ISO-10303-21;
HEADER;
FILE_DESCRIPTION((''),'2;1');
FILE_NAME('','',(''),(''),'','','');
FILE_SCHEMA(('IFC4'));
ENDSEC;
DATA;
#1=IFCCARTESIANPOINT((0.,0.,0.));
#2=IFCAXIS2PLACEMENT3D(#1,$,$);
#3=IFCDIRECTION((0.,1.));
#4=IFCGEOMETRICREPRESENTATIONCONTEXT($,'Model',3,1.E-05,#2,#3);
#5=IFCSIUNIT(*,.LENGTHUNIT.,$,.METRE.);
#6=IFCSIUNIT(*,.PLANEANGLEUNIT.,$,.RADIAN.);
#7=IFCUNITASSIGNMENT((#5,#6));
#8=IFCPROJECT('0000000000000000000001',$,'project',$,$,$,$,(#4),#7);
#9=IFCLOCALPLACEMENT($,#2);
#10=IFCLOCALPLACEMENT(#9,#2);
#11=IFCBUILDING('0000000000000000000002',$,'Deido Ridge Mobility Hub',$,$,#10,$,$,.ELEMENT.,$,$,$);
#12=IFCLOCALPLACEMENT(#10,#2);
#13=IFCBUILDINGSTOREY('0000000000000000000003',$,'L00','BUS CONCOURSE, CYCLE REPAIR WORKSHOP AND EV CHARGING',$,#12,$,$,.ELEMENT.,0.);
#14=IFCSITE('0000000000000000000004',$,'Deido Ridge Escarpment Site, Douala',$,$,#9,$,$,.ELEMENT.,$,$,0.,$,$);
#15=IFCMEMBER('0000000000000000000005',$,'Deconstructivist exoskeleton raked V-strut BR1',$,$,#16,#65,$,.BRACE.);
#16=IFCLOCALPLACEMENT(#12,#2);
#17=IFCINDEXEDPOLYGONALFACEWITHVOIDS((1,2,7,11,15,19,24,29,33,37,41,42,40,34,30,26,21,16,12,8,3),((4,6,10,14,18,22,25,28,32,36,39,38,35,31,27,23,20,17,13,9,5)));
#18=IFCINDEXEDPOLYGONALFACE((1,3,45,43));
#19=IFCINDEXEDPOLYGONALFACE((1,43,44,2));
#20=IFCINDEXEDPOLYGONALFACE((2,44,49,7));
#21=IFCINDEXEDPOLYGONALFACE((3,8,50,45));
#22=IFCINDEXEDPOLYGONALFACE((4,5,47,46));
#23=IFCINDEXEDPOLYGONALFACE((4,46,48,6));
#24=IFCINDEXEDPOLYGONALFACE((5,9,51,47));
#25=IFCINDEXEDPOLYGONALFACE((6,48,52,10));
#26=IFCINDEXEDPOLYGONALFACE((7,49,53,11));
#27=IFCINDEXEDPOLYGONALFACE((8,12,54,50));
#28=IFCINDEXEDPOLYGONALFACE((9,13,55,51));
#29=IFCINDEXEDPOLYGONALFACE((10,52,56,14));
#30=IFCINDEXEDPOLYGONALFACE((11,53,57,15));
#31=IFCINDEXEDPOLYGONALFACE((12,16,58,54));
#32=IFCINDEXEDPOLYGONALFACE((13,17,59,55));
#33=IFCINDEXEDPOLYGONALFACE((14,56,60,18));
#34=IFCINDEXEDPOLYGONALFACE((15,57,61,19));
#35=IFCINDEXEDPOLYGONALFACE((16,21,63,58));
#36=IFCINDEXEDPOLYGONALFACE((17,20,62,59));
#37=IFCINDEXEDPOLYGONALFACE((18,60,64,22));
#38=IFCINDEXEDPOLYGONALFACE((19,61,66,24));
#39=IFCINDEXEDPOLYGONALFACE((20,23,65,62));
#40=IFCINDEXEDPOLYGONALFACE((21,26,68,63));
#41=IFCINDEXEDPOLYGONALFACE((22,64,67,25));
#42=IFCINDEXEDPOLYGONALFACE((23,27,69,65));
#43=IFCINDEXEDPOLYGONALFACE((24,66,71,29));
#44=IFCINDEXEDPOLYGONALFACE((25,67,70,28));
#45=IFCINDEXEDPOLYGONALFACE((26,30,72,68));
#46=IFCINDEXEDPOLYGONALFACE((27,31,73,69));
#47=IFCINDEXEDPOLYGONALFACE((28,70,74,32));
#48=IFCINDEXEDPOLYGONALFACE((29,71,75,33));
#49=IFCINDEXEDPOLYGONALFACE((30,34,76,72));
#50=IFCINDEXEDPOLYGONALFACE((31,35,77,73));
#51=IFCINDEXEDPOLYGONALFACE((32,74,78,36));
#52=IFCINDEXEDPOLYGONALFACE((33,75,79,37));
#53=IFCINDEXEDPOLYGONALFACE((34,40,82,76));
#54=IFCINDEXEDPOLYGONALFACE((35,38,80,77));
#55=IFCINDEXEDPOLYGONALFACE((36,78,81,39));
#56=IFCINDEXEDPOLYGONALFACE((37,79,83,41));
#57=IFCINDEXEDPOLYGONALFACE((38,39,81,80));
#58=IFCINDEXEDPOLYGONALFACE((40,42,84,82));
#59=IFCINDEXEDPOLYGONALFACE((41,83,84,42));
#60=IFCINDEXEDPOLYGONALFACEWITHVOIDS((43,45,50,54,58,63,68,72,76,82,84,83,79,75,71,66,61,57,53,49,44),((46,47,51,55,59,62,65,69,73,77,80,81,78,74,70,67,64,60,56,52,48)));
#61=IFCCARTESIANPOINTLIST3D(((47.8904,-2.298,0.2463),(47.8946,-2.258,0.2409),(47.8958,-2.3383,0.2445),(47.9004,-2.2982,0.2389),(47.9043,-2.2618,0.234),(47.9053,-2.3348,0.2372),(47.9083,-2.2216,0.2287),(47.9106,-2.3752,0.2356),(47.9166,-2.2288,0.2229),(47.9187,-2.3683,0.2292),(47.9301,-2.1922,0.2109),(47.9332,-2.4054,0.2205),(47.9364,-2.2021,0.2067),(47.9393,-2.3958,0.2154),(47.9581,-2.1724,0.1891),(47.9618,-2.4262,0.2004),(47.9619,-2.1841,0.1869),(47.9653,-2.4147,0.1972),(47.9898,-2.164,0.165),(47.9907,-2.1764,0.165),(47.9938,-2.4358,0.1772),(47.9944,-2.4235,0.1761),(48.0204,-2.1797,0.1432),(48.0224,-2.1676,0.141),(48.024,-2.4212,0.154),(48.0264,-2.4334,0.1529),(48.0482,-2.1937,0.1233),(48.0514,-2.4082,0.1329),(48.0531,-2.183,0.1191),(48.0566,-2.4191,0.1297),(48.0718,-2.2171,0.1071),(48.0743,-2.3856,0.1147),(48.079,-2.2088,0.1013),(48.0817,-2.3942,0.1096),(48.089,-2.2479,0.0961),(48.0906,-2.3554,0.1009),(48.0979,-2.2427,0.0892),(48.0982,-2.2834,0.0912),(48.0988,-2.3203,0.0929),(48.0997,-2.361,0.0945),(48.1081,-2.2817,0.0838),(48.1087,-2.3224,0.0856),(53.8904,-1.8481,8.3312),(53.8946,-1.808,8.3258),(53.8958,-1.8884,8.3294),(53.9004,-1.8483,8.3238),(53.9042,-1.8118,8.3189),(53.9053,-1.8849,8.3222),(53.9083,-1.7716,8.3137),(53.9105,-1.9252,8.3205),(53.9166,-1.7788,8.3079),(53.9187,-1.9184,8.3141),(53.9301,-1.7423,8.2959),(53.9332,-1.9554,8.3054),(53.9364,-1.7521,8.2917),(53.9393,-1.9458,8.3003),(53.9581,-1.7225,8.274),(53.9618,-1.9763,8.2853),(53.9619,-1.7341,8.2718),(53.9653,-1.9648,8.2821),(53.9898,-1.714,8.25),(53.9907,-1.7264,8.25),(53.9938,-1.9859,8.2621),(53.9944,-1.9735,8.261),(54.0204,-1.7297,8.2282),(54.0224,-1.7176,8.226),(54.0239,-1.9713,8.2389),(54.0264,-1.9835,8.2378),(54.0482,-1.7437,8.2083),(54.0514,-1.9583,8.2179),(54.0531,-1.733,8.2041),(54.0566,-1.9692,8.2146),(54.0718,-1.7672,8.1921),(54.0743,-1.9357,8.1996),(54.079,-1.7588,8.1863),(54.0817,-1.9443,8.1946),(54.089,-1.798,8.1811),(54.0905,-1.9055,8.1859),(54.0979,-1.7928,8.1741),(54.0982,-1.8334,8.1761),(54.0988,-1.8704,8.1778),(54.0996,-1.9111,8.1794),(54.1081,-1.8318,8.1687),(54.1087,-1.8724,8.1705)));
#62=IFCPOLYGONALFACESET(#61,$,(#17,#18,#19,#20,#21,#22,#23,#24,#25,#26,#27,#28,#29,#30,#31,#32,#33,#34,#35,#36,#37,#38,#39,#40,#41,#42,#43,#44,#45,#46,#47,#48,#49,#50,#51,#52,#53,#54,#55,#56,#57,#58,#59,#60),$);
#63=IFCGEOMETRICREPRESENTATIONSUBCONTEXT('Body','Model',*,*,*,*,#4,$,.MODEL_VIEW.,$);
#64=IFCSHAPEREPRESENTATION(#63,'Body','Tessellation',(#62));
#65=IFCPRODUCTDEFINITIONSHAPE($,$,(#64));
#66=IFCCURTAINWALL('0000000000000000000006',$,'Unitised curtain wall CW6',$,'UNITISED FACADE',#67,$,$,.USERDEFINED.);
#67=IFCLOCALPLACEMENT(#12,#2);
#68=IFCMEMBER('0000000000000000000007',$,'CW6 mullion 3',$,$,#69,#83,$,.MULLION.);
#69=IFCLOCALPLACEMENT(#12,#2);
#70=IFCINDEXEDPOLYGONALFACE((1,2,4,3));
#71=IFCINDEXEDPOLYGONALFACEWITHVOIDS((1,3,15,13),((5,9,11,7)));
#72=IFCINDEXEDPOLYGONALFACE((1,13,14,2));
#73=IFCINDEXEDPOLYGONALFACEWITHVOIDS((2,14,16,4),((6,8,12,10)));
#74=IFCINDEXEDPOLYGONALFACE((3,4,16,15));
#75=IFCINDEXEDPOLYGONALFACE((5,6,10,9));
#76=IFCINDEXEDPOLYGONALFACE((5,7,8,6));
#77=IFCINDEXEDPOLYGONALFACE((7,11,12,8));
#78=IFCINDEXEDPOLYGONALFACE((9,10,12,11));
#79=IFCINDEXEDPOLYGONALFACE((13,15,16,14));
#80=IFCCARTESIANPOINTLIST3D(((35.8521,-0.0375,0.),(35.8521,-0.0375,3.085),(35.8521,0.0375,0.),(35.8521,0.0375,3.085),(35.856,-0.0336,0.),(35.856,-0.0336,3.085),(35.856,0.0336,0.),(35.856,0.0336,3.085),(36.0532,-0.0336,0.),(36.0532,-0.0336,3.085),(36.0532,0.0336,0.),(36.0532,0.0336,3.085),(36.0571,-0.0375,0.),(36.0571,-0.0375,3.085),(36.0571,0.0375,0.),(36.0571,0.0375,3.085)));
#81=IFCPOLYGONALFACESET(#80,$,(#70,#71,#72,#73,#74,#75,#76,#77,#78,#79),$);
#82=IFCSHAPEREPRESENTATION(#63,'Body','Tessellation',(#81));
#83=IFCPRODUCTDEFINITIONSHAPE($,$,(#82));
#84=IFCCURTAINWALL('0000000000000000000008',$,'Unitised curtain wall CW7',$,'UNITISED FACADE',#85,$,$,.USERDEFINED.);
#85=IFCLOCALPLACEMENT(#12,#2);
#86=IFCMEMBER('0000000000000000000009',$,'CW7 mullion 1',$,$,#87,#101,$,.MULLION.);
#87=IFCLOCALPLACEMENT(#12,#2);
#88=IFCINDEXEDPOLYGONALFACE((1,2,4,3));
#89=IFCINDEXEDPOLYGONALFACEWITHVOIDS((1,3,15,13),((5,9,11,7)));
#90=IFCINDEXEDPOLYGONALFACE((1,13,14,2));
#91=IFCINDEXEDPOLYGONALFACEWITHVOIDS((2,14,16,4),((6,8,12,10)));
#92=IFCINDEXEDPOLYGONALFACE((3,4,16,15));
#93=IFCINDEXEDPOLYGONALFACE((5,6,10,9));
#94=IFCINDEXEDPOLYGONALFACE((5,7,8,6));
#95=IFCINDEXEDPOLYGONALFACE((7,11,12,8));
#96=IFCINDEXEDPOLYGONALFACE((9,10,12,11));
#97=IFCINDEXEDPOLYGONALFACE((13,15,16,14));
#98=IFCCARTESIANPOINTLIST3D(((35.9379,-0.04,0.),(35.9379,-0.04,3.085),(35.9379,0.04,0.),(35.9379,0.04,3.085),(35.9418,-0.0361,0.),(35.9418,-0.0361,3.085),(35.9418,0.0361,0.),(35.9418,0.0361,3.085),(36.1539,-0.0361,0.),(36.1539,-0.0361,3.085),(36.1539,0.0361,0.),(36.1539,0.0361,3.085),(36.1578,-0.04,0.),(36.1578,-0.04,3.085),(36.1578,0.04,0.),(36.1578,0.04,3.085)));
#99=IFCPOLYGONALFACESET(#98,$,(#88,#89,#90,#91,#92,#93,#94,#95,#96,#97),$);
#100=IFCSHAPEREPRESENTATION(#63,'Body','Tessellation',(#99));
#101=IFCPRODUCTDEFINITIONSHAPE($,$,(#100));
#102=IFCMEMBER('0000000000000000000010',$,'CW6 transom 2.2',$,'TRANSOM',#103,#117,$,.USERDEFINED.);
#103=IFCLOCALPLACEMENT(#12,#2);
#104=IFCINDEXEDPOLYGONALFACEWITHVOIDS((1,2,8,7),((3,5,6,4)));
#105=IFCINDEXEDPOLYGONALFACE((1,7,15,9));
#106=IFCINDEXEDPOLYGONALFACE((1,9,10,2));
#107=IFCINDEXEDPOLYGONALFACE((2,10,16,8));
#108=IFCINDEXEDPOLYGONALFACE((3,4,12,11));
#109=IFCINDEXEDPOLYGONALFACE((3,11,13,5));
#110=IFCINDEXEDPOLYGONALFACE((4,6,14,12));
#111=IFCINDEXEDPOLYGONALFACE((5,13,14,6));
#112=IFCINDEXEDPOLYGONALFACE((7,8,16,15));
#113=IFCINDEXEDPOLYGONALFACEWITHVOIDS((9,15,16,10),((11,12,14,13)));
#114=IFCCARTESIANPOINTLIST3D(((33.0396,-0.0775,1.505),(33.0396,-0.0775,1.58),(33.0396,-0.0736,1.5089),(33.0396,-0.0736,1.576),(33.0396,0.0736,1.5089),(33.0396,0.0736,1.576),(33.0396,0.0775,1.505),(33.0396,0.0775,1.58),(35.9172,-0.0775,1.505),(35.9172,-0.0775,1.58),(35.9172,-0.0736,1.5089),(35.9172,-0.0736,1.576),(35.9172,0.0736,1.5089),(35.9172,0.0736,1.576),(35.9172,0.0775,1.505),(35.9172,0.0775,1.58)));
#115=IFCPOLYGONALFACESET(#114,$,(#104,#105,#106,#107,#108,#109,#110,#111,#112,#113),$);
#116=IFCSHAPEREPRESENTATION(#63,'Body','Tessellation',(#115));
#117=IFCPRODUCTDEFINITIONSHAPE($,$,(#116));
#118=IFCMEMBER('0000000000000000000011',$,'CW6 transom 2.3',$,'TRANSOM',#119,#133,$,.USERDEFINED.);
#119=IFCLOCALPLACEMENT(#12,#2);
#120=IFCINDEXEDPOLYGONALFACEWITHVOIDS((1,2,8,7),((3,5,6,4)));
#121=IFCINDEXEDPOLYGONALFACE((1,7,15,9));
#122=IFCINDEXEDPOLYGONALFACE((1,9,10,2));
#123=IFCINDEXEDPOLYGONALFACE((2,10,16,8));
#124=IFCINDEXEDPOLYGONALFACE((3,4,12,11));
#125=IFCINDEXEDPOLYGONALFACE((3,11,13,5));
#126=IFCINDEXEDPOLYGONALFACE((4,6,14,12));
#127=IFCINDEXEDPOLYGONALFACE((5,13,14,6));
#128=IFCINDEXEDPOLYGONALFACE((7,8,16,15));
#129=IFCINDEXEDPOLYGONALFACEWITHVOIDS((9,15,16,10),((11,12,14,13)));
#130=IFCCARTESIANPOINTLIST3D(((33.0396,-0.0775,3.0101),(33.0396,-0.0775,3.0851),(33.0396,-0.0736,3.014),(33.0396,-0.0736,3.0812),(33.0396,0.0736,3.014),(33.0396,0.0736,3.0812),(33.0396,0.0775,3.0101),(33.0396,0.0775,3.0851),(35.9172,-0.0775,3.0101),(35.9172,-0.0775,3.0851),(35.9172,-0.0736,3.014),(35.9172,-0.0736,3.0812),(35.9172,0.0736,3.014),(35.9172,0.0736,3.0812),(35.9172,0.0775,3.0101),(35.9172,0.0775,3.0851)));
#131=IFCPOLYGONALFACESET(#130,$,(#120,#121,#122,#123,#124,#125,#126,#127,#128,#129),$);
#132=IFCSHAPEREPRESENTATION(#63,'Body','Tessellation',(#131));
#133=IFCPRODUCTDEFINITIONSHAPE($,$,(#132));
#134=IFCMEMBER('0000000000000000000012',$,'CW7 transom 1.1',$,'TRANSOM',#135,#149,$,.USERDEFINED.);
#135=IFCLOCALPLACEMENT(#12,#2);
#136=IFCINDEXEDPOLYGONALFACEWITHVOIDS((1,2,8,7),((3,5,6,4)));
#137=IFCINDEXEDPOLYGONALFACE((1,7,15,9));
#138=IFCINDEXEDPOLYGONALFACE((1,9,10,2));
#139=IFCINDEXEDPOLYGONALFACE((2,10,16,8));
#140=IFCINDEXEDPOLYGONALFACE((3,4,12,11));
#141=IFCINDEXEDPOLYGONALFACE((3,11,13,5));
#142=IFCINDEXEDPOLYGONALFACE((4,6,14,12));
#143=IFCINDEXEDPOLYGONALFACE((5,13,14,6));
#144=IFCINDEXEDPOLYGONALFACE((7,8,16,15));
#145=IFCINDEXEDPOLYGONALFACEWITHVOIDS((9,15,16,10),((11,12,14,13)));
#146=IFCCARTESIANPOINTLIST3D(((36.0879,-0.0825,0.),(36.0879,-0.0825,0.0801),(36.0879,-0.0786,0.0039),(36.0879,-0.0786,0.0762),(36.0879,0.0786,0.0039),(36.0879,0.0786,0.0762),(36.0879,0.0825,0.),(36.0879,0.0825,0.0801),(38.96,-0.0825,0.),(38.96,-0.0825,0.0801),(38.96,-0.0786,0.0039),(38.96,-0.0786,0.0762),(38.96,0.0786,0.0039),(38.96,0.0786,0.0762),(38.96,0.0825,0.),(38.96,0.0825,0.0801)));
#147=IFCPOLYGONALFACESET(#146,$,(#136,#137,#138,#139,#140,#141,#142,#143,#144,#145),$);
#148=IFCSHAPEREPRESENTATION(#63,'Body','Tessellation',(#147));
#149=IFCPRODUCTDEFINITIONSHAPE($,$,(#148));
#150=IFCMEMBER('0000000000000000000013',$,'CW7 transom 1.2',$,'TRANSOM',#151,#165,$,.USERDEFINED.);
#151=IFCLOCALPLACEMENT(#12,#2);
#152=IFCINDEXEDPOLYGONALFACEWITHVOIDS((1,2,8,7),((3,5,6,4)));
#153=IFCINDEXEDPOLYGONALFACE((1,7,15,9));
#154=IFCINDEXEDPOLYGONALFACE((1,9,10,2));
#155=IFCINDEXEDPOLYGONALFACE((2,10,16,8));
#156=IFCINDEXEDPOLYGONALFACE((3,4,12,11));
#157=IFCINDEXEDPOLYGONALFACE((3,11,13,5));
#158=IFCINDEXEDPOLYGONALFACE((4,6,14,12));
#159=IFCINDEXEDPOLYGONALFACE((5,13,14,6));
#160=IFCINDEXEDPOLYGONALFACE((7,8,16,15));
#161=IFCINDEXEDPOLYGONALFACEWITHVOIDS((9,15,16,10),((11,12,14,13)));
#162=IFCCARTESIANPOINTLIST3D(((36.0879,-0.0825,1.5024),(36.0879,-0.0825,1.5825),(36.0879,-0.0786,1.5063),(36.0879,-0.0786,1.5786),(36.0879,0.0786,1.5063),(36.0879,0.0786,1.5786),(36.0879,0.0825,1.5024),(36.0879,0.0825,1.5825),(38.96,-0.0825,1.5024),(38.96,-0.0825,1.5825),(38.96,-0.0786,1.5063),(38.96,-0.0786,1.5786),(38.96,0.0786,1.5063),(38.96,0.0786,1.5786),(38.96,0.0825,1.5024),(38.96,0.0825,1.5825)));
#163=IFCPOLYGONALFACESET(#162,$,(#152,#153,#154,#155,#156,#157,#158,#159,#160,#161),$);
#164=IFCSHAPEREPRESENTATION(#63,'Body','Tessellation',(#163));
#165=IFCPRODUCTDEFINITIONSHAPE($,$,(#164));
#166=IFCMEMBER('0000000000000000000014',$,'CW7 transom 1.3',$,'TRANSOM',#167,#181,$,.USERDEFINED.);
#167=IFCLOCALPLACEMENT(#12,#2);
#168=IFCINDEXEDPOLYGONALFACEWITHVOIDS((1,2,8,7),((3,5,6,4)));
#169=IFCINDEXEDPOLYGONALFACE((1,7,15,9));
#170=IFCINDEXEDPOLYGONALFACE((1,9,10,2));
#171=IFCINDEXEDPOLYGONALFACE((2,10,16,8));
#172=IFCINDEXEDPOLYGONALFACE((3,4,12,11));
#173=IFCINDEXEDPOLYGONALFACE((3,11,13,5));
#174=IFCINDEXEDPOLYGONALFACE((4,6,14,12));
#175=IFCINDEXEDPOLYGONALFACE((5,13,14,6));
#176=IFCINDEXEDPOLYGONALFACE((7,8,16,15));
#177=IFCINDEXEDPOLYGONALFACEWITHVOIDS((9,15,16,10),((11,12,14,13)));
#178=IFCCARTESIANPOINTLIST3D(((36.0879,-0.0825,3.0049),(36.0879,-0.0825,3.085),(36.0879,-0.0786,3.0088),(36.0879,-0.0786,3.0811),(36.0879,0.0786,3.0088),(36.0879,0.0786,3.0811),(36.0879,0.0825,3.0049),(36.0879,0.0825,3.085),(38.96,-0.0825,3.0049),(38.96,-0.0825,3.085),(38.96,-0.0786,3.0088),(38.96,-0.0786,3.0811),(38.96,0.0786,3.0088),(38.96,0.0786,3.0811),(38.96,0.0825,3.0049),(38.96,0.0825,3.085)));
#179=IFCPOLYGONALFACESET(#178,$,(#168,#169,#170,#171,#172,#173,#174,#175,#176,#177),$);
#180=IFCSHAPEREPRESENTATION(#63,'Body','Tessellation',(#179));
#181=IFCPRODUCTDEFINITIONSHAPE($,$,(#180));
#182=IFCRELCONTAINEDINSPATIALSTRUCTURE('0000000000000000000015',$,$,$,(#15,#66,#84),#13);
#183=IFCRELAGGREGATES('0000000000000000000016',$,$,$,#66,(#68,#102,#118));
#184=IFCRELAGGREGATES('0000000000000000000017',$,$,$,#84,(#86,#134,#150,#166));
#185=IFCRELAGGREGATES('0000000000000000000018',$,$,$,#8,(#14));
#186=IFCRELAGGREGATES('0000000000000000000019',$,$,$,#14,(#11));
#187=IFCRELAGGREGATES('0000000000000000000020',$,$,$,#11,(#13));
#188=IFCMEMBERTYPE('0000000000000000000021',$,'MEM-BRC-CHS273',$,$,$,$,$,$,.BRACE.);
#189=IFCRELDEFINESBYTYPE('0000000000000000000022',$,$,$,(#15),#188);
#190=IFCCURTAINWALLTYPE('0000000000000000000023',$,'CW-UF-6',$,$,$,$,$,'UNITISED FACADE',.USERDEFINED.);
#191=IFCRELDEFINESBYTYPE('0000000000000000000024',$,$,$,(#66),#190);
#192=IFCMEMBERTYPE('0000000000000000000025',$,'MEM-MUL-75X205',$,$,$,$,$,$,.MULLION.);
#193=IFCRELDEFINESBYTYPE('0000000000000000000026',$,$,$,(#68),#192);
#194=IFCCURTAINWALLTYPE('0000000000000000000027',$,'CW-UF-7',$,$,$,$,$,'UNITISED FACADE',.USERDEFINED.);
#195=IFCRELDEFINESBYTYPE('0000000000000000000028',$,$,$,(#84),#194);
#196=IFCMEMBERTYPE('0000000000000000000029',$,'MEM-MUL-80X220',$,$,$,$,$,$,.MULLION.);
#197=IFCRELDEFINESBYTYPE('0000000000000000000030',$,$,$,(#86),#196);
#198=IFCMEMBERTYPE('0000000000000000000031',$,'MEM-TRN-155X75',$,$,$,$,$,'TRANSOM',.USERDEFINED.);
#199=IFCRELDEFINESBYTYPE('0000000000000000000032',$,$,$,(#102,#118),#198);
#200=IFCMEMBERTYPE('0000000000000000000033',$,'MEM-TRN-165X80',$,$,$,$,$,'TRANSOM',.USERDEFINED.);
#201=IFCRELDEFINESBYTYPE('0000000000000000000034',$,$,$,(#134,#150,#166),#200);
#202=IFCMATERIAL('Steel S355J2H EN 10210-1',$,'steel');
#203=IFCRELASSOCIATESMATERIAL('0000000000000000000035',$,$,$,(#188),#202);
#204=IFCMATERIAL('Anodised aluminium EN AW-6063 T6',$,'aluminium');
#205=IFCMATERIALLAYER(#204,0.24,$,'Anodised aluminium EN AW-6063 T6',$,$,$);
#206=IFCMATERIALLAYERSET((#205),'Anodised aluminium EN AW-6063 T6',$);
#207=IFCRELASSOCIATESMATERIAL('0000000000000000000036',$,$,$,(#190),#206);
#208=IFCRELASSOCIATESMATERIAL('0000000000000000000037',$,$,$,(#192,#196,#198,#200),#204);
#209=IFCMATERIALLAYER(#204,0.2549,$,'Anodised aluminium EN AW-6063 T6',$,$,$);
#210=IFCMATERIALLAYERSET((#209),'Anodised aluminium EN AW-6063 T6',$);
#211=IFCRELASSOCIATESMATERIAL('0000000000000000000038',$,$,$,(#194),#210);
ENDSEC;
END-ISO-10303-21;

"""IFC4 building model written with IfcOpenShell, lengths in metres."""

from ifc_helpers import new_model, si_unit, direction, frame, origin, origin_2d, place, context, subcontext, project, spatial, hollow_rectangle, hollow_circle, extrude, material, layer, layer_set, material_profile, profile_set, type_object, element, aggregate, save


model = new_model("IFC4")

# Units and contexts
model_context = context("Model", 3, precision=1e-05, world=origin(), true_north=direction((0.0, 1.0)))
body_context = subcontext(model_context, "Body", "Model", "MODEL_VIEW")
ifc_project = project(units=[si_unit("LENGTHUNIT", "METRE"), si_unit("PLANEANGLEUNIT", "RADIAN")], contexts=[model_context])

# Site, building, storey
site_placement = place(None, origin())
site = spatial("IfcSite", under=ifc_project, at=site_placement, Name="Deido Ridge Escarpment Site, Douala", CompositionType="ELEMENT", RefElevation=0.0)
building_placement = place(site_placement, origin())
building = spatial("IfcBuilding", under=site, at=building_placement, Name="Deido Ridge Mobility Hub", CompositionType="ELEMENT")
storey_placement = place(building_placement, origin())
storey = spatial("IfcBuildingStorey", under=building, at=storey_placement, Name="L00", Description="BUS CONCOURSE, CYCLE REPAIR WORKSHOP AND EV CHARGING", CompositionType="ELEMENT", Elevation=0.0)

# Member
ifc_material_1 = material(Name="Steel S355J2H EN 10210-1", Category="steel")
ifc_material_profile_1 = material_profile(ifc_material_1, hollow_circle(Radius=0.1365, WallThickness=0.0125, at=origin_2d()), Name="CHS 273x12.5")
ifc_profile_set_1 = profile_set([ifc_material_profile_1], Name="Steel S355J2H EN 10210-1")
member_type_1 = type_object("IfcMemberType", Name="MEM-BRC-CHS273", PredefinedType="BRACE", material=ifc_profile_set_1)
for number, where, z_axis, x_axis, name in (
    (1, (48.0, -2.3, 0.165), (0.595348, 0.044646, 0.802227), (-0.074782, 0.9972, 0.0), "Deconstructivist exoskeleton raked V-strut BR1"),
):
    element("IfcMember", number, at=place(storey_placement, frame(where, z_axis=z_axis, x_axis=x_axis)), inside=storey, type_object=member_type_1, Name=name, PredefinedType="BRACE", context=body_context, shape_type="SweptSolid", body=[
        extrude(hollow_circle(Radius=0.1365, WallThickness=0.0125, at=origin_2d()), origin(), (0.0, 0.0, 1.0), 10.0781),
    ])

# Curtain walls, members
ifc_material_2 = material(Name="Anodised aluminium EN AW-6063 T6", Category="aluminium")
ifc_layer_1 = layer(ifc_material_2, 0.24, Name="Anodised aluminium EN AW-6063 T6")
ifc_layer_set_1 = layer_set([ifc_layer_1], Name="Anodised aluminium EN AW-6063 T6")
curtain_wall_type_1 = type_object("IfcCurtainWallType", Name="CW-UF-6", ElementType="UNITISED FACADE", PredefinedType="USERDEFINED", material=ifc_layer_set_1)
curtain_wall_1_placement = place(storey_placement, origin())
curtain_wall_1 = element("IfcCurtainWall", 2, at=curtain_wall_1_placement, inside=storey, type_object=curtain_wall_type_1, Name="Unitised curtain wall CW6", ObjectType="UNITISED FACADE", PredefinedType="USERDEFINED")
ifc_material_profile_2 = material_profile(ifc_material_2, hollow_rectangle(XDim=0.075, YDim=0.2051, WallThickness=0.0039, at=origin_2d()), Name="RHS 75x205x4")
ifc_profile_set_2 = profile_set([ifc_material_profile_2], Name="Anodised aluminium EN AW-6063 T6")
member_type_2 = type_object("IfcMemberType", Name="MEM-MUL-75X205", PredefinedType="MULLION", material=ifc_profile_set_2)
member_1_placement = place(storey_placement, frame((35.9546, 0.0, 0.0), z_axis=(0.0, 0.0, 1.0), x_axis=(0.0, 1.0, 0.0)))
member_1 = element("IfcMember", 3, at=member_1_placement, type_object=member_type_2, Name="CW6 mullion 3", PredefinedType="MULLION", context=body_context, shape_type="SweptSolid", body=[
    extrude(hollow_rectangle(XDim=0.075, YDim=0.2051, WallThickness=0.0039, at=origin_2d()), origin(), (0.0, 0.0, 1.0), 3.085),
])
ifc_layer_2 = layer(ifc_material_2, 0.2549, Name="Anodised aluminium EN AW-6063 T6")
ifc_layer_set_2 = layer_set([ifc_layer_2], Name="Anodised aluminium EN AW-6063 T6")
curtain_wall_type_2 = type_object("IfcCurtainWallType", Name="CW-UF-7", ElementType="UNITISED FACADE", PredefinedType="USERDEFINED", material=ifc_layer_set_2)
curtain_wall_2_placement = place(storey_placement, origin())
curtain_wall_2 = element("IfcCurtainWall", 4, at=curtain_wall_2_placement, inside=storey, type_object=curtain_wall_type_2, Name="Unitised curtain wall CW7", ObjectType="UNITISED FACADE", PredefinedType="USERDEFINED")
ifc_material_profile_3 = material_profile(ifc_material_2, hollow_rectangle(XDim=0.0801, YDim=0.22, WallThickness=0.0039, at=origin_2d()), Name="RHS 80x220x4")
ifc_profile_set_3 = profile_set([ifc_material_profile_3], Name="Anodised aluminium EN AW-6063 T6")
member_type_3 = type_object("IfcMemberType", Name="MEM-MUL-80X220", PredefinedType="MULLION", material=ifc_profile_set_3)
member_2_placement = place(storey_placement, frame((36.0479, 0.0, 0.0), z_axis=(0.0, 0.0, 1.0), x_axis=(0.0, 1.0, 0.0)))
member_2 = element("IfcMember", 5, at=member_2_placement, type_object=member_type_3, Name="CW7 mullion 1", PredefinedType="MULLION", context=body_context, shape_type="SweptSolid", body=[
    extrude(hollow_rectangle(XDim=0.0801, YDim=0.22, WallThickness=0.0039, at=origin_2d()), origin(), (0.0, 0.0, 1.0), 3.085),
])

# Members
ifc_material_profile_4 = material_profile(ifc_material_2, hollow_rectangle(XDim=0.155, YDim=0.075, WallThickness=0.0039, at=origin_2d()), Name="RHS 155x75x4")
ifc_profile_set_4 = profile_set([ifc_material_profile_4], Name="Anodised aluminium EN AW-6063 T6")
member_type_4 = type_object("IfcMemberType", Name="MEM-TRN-155X75", ElementType="TRANSOM", PredefinedType="USERDEFINED", material=ifc_profile_set_4)
member_3_placement = place(storey_placement, frame((33.0396, 0.0, 1.5425), z_axis=(1.0, 0.0, 0.0), x_axis=(0.0, 1.0, 0.0)))
member_3 = element("IfcMember", 6, at=member_3_placement, type_object=member_type_4, Name="CW6 transom 2.2", ObjectType="TRANSOM", PredefinedType="USERDEFINED", context=body_context, shape_type="SweptSolid", body=[
    extrude(hollow_rectangle(XDim=0.155, YDim=0.075, WallThickness=0.0039, at=origin_2d()), origin(), (0.0, 0.0, 1.0), 2.8777),
])
member_4_placement = place(storey_placement, frame((33.0396, 0.0, 3.0476), z_axis=(1.0, 0.0, 0.0), x_axis=(0.0, 1.0, 0.0)))
member_4 = element("IfcMember", 7, at=member_4_placement, type_object=member_type_4, Name="CW6 transom 2.3", ObjectType="TRANSOM", PredefinedType="USERDEFINED", context=body_context, shape_type="SweptSolid", body=[
    extrude(hollow_rectangle(XDim=0.155, YDim=0.075, WallThickness=0.0039, at=origin_2d()), origin(), (0.0, 0.0, 1.0), 2.8777),
])
ifc_material_profile_5 = material_profile(ifc_material_2, hollow_rectangle(XDim=0.165, YDim=0.0801, WallThickness=0.0039, at=origin_2d()), Name="RHS 165x80x4")
ifc_profile_set_5 = profile_set([ifc_material_profile_5], Name="Anodised aluminium EN AW-6063 T6")
member_type_5 = type_object("IfcMemberType", Name="MEM-TRN-165X80", ElementType="TRANSOM", PredefinedType="USERDEFINED", material=ifc_profile_set_5)
member_5_placement = place(storey_placement, frame((36.0879, 0.0, 0.04), z_axis=(1.0, 0.0, 0.0), x_axis=(0.0, 1.0, 0.0)))
member_5 = element("IfcMember", 8, at=member_5_placement, type_object=member_type_5, Name="CW7 transom 1.1", ObjectType="TRANSOM", PredefinedType="USERDEFINED", context=body_context, shape_type="SweptSolid", body=[
    extrude(hollow_rectangle(XDim=0.165, YDim=0.0801, WallThickness=0.0039, at=origin_2d()), origin(), (0.0, 0.0, 1.0), 2.8721),
])
member_6_placement = place(storey_placement, frame((36.0879, 0.0, 1.5425), z_axis=(1.0, 0.0, 0.0), x_axis=(0.0, 1.0, 0.0)))
member_6 = element("IfcMember", 9, at=member_6_placement, type_object=member_type_5, Name="CW7 transom 1.2", ObjectType="TRANSOM", PredefinedType="USERDEFINED", context=body_context, shape_type="SweptSolid", body=[
    extrude(hollow_rectangle(XDim=0.165, YDim=0.0801, WallThickness=0.0039, at=origin_2d()), origin(), (0.0, 0.0, 1.0), 2.8721),
])
member_7_placement = place(storey_placement, frame((36.0879, 0.0, 3.0449), z_axis=(1.0, 0.0, 0.0), x_axis=(0.0, 1.0, 0.0)))
member_7 = element("IfcMember", 10, at=member_7_placement, type_object=member_type_5, Name="CW7 transom 1.3", ObjectType="TRANSOM", PredefinedType="USERDEFINED", context=body_context, shape_type="SweptSolid", body=[
    extrude(hollow_rectangle(XDim=0.165, YDim=0.0801, WallThickness=0.0039, at=origin_2d()), origin(), (0.0, 0.0, 1.0), 2.8721),
])

aggregate(curtain_wall_1, [member_1, member_3, member_4])
aggregate(curtain_wall_2, [member_2, member_5, member_6, member_7])

save(model, "model.ifc")
